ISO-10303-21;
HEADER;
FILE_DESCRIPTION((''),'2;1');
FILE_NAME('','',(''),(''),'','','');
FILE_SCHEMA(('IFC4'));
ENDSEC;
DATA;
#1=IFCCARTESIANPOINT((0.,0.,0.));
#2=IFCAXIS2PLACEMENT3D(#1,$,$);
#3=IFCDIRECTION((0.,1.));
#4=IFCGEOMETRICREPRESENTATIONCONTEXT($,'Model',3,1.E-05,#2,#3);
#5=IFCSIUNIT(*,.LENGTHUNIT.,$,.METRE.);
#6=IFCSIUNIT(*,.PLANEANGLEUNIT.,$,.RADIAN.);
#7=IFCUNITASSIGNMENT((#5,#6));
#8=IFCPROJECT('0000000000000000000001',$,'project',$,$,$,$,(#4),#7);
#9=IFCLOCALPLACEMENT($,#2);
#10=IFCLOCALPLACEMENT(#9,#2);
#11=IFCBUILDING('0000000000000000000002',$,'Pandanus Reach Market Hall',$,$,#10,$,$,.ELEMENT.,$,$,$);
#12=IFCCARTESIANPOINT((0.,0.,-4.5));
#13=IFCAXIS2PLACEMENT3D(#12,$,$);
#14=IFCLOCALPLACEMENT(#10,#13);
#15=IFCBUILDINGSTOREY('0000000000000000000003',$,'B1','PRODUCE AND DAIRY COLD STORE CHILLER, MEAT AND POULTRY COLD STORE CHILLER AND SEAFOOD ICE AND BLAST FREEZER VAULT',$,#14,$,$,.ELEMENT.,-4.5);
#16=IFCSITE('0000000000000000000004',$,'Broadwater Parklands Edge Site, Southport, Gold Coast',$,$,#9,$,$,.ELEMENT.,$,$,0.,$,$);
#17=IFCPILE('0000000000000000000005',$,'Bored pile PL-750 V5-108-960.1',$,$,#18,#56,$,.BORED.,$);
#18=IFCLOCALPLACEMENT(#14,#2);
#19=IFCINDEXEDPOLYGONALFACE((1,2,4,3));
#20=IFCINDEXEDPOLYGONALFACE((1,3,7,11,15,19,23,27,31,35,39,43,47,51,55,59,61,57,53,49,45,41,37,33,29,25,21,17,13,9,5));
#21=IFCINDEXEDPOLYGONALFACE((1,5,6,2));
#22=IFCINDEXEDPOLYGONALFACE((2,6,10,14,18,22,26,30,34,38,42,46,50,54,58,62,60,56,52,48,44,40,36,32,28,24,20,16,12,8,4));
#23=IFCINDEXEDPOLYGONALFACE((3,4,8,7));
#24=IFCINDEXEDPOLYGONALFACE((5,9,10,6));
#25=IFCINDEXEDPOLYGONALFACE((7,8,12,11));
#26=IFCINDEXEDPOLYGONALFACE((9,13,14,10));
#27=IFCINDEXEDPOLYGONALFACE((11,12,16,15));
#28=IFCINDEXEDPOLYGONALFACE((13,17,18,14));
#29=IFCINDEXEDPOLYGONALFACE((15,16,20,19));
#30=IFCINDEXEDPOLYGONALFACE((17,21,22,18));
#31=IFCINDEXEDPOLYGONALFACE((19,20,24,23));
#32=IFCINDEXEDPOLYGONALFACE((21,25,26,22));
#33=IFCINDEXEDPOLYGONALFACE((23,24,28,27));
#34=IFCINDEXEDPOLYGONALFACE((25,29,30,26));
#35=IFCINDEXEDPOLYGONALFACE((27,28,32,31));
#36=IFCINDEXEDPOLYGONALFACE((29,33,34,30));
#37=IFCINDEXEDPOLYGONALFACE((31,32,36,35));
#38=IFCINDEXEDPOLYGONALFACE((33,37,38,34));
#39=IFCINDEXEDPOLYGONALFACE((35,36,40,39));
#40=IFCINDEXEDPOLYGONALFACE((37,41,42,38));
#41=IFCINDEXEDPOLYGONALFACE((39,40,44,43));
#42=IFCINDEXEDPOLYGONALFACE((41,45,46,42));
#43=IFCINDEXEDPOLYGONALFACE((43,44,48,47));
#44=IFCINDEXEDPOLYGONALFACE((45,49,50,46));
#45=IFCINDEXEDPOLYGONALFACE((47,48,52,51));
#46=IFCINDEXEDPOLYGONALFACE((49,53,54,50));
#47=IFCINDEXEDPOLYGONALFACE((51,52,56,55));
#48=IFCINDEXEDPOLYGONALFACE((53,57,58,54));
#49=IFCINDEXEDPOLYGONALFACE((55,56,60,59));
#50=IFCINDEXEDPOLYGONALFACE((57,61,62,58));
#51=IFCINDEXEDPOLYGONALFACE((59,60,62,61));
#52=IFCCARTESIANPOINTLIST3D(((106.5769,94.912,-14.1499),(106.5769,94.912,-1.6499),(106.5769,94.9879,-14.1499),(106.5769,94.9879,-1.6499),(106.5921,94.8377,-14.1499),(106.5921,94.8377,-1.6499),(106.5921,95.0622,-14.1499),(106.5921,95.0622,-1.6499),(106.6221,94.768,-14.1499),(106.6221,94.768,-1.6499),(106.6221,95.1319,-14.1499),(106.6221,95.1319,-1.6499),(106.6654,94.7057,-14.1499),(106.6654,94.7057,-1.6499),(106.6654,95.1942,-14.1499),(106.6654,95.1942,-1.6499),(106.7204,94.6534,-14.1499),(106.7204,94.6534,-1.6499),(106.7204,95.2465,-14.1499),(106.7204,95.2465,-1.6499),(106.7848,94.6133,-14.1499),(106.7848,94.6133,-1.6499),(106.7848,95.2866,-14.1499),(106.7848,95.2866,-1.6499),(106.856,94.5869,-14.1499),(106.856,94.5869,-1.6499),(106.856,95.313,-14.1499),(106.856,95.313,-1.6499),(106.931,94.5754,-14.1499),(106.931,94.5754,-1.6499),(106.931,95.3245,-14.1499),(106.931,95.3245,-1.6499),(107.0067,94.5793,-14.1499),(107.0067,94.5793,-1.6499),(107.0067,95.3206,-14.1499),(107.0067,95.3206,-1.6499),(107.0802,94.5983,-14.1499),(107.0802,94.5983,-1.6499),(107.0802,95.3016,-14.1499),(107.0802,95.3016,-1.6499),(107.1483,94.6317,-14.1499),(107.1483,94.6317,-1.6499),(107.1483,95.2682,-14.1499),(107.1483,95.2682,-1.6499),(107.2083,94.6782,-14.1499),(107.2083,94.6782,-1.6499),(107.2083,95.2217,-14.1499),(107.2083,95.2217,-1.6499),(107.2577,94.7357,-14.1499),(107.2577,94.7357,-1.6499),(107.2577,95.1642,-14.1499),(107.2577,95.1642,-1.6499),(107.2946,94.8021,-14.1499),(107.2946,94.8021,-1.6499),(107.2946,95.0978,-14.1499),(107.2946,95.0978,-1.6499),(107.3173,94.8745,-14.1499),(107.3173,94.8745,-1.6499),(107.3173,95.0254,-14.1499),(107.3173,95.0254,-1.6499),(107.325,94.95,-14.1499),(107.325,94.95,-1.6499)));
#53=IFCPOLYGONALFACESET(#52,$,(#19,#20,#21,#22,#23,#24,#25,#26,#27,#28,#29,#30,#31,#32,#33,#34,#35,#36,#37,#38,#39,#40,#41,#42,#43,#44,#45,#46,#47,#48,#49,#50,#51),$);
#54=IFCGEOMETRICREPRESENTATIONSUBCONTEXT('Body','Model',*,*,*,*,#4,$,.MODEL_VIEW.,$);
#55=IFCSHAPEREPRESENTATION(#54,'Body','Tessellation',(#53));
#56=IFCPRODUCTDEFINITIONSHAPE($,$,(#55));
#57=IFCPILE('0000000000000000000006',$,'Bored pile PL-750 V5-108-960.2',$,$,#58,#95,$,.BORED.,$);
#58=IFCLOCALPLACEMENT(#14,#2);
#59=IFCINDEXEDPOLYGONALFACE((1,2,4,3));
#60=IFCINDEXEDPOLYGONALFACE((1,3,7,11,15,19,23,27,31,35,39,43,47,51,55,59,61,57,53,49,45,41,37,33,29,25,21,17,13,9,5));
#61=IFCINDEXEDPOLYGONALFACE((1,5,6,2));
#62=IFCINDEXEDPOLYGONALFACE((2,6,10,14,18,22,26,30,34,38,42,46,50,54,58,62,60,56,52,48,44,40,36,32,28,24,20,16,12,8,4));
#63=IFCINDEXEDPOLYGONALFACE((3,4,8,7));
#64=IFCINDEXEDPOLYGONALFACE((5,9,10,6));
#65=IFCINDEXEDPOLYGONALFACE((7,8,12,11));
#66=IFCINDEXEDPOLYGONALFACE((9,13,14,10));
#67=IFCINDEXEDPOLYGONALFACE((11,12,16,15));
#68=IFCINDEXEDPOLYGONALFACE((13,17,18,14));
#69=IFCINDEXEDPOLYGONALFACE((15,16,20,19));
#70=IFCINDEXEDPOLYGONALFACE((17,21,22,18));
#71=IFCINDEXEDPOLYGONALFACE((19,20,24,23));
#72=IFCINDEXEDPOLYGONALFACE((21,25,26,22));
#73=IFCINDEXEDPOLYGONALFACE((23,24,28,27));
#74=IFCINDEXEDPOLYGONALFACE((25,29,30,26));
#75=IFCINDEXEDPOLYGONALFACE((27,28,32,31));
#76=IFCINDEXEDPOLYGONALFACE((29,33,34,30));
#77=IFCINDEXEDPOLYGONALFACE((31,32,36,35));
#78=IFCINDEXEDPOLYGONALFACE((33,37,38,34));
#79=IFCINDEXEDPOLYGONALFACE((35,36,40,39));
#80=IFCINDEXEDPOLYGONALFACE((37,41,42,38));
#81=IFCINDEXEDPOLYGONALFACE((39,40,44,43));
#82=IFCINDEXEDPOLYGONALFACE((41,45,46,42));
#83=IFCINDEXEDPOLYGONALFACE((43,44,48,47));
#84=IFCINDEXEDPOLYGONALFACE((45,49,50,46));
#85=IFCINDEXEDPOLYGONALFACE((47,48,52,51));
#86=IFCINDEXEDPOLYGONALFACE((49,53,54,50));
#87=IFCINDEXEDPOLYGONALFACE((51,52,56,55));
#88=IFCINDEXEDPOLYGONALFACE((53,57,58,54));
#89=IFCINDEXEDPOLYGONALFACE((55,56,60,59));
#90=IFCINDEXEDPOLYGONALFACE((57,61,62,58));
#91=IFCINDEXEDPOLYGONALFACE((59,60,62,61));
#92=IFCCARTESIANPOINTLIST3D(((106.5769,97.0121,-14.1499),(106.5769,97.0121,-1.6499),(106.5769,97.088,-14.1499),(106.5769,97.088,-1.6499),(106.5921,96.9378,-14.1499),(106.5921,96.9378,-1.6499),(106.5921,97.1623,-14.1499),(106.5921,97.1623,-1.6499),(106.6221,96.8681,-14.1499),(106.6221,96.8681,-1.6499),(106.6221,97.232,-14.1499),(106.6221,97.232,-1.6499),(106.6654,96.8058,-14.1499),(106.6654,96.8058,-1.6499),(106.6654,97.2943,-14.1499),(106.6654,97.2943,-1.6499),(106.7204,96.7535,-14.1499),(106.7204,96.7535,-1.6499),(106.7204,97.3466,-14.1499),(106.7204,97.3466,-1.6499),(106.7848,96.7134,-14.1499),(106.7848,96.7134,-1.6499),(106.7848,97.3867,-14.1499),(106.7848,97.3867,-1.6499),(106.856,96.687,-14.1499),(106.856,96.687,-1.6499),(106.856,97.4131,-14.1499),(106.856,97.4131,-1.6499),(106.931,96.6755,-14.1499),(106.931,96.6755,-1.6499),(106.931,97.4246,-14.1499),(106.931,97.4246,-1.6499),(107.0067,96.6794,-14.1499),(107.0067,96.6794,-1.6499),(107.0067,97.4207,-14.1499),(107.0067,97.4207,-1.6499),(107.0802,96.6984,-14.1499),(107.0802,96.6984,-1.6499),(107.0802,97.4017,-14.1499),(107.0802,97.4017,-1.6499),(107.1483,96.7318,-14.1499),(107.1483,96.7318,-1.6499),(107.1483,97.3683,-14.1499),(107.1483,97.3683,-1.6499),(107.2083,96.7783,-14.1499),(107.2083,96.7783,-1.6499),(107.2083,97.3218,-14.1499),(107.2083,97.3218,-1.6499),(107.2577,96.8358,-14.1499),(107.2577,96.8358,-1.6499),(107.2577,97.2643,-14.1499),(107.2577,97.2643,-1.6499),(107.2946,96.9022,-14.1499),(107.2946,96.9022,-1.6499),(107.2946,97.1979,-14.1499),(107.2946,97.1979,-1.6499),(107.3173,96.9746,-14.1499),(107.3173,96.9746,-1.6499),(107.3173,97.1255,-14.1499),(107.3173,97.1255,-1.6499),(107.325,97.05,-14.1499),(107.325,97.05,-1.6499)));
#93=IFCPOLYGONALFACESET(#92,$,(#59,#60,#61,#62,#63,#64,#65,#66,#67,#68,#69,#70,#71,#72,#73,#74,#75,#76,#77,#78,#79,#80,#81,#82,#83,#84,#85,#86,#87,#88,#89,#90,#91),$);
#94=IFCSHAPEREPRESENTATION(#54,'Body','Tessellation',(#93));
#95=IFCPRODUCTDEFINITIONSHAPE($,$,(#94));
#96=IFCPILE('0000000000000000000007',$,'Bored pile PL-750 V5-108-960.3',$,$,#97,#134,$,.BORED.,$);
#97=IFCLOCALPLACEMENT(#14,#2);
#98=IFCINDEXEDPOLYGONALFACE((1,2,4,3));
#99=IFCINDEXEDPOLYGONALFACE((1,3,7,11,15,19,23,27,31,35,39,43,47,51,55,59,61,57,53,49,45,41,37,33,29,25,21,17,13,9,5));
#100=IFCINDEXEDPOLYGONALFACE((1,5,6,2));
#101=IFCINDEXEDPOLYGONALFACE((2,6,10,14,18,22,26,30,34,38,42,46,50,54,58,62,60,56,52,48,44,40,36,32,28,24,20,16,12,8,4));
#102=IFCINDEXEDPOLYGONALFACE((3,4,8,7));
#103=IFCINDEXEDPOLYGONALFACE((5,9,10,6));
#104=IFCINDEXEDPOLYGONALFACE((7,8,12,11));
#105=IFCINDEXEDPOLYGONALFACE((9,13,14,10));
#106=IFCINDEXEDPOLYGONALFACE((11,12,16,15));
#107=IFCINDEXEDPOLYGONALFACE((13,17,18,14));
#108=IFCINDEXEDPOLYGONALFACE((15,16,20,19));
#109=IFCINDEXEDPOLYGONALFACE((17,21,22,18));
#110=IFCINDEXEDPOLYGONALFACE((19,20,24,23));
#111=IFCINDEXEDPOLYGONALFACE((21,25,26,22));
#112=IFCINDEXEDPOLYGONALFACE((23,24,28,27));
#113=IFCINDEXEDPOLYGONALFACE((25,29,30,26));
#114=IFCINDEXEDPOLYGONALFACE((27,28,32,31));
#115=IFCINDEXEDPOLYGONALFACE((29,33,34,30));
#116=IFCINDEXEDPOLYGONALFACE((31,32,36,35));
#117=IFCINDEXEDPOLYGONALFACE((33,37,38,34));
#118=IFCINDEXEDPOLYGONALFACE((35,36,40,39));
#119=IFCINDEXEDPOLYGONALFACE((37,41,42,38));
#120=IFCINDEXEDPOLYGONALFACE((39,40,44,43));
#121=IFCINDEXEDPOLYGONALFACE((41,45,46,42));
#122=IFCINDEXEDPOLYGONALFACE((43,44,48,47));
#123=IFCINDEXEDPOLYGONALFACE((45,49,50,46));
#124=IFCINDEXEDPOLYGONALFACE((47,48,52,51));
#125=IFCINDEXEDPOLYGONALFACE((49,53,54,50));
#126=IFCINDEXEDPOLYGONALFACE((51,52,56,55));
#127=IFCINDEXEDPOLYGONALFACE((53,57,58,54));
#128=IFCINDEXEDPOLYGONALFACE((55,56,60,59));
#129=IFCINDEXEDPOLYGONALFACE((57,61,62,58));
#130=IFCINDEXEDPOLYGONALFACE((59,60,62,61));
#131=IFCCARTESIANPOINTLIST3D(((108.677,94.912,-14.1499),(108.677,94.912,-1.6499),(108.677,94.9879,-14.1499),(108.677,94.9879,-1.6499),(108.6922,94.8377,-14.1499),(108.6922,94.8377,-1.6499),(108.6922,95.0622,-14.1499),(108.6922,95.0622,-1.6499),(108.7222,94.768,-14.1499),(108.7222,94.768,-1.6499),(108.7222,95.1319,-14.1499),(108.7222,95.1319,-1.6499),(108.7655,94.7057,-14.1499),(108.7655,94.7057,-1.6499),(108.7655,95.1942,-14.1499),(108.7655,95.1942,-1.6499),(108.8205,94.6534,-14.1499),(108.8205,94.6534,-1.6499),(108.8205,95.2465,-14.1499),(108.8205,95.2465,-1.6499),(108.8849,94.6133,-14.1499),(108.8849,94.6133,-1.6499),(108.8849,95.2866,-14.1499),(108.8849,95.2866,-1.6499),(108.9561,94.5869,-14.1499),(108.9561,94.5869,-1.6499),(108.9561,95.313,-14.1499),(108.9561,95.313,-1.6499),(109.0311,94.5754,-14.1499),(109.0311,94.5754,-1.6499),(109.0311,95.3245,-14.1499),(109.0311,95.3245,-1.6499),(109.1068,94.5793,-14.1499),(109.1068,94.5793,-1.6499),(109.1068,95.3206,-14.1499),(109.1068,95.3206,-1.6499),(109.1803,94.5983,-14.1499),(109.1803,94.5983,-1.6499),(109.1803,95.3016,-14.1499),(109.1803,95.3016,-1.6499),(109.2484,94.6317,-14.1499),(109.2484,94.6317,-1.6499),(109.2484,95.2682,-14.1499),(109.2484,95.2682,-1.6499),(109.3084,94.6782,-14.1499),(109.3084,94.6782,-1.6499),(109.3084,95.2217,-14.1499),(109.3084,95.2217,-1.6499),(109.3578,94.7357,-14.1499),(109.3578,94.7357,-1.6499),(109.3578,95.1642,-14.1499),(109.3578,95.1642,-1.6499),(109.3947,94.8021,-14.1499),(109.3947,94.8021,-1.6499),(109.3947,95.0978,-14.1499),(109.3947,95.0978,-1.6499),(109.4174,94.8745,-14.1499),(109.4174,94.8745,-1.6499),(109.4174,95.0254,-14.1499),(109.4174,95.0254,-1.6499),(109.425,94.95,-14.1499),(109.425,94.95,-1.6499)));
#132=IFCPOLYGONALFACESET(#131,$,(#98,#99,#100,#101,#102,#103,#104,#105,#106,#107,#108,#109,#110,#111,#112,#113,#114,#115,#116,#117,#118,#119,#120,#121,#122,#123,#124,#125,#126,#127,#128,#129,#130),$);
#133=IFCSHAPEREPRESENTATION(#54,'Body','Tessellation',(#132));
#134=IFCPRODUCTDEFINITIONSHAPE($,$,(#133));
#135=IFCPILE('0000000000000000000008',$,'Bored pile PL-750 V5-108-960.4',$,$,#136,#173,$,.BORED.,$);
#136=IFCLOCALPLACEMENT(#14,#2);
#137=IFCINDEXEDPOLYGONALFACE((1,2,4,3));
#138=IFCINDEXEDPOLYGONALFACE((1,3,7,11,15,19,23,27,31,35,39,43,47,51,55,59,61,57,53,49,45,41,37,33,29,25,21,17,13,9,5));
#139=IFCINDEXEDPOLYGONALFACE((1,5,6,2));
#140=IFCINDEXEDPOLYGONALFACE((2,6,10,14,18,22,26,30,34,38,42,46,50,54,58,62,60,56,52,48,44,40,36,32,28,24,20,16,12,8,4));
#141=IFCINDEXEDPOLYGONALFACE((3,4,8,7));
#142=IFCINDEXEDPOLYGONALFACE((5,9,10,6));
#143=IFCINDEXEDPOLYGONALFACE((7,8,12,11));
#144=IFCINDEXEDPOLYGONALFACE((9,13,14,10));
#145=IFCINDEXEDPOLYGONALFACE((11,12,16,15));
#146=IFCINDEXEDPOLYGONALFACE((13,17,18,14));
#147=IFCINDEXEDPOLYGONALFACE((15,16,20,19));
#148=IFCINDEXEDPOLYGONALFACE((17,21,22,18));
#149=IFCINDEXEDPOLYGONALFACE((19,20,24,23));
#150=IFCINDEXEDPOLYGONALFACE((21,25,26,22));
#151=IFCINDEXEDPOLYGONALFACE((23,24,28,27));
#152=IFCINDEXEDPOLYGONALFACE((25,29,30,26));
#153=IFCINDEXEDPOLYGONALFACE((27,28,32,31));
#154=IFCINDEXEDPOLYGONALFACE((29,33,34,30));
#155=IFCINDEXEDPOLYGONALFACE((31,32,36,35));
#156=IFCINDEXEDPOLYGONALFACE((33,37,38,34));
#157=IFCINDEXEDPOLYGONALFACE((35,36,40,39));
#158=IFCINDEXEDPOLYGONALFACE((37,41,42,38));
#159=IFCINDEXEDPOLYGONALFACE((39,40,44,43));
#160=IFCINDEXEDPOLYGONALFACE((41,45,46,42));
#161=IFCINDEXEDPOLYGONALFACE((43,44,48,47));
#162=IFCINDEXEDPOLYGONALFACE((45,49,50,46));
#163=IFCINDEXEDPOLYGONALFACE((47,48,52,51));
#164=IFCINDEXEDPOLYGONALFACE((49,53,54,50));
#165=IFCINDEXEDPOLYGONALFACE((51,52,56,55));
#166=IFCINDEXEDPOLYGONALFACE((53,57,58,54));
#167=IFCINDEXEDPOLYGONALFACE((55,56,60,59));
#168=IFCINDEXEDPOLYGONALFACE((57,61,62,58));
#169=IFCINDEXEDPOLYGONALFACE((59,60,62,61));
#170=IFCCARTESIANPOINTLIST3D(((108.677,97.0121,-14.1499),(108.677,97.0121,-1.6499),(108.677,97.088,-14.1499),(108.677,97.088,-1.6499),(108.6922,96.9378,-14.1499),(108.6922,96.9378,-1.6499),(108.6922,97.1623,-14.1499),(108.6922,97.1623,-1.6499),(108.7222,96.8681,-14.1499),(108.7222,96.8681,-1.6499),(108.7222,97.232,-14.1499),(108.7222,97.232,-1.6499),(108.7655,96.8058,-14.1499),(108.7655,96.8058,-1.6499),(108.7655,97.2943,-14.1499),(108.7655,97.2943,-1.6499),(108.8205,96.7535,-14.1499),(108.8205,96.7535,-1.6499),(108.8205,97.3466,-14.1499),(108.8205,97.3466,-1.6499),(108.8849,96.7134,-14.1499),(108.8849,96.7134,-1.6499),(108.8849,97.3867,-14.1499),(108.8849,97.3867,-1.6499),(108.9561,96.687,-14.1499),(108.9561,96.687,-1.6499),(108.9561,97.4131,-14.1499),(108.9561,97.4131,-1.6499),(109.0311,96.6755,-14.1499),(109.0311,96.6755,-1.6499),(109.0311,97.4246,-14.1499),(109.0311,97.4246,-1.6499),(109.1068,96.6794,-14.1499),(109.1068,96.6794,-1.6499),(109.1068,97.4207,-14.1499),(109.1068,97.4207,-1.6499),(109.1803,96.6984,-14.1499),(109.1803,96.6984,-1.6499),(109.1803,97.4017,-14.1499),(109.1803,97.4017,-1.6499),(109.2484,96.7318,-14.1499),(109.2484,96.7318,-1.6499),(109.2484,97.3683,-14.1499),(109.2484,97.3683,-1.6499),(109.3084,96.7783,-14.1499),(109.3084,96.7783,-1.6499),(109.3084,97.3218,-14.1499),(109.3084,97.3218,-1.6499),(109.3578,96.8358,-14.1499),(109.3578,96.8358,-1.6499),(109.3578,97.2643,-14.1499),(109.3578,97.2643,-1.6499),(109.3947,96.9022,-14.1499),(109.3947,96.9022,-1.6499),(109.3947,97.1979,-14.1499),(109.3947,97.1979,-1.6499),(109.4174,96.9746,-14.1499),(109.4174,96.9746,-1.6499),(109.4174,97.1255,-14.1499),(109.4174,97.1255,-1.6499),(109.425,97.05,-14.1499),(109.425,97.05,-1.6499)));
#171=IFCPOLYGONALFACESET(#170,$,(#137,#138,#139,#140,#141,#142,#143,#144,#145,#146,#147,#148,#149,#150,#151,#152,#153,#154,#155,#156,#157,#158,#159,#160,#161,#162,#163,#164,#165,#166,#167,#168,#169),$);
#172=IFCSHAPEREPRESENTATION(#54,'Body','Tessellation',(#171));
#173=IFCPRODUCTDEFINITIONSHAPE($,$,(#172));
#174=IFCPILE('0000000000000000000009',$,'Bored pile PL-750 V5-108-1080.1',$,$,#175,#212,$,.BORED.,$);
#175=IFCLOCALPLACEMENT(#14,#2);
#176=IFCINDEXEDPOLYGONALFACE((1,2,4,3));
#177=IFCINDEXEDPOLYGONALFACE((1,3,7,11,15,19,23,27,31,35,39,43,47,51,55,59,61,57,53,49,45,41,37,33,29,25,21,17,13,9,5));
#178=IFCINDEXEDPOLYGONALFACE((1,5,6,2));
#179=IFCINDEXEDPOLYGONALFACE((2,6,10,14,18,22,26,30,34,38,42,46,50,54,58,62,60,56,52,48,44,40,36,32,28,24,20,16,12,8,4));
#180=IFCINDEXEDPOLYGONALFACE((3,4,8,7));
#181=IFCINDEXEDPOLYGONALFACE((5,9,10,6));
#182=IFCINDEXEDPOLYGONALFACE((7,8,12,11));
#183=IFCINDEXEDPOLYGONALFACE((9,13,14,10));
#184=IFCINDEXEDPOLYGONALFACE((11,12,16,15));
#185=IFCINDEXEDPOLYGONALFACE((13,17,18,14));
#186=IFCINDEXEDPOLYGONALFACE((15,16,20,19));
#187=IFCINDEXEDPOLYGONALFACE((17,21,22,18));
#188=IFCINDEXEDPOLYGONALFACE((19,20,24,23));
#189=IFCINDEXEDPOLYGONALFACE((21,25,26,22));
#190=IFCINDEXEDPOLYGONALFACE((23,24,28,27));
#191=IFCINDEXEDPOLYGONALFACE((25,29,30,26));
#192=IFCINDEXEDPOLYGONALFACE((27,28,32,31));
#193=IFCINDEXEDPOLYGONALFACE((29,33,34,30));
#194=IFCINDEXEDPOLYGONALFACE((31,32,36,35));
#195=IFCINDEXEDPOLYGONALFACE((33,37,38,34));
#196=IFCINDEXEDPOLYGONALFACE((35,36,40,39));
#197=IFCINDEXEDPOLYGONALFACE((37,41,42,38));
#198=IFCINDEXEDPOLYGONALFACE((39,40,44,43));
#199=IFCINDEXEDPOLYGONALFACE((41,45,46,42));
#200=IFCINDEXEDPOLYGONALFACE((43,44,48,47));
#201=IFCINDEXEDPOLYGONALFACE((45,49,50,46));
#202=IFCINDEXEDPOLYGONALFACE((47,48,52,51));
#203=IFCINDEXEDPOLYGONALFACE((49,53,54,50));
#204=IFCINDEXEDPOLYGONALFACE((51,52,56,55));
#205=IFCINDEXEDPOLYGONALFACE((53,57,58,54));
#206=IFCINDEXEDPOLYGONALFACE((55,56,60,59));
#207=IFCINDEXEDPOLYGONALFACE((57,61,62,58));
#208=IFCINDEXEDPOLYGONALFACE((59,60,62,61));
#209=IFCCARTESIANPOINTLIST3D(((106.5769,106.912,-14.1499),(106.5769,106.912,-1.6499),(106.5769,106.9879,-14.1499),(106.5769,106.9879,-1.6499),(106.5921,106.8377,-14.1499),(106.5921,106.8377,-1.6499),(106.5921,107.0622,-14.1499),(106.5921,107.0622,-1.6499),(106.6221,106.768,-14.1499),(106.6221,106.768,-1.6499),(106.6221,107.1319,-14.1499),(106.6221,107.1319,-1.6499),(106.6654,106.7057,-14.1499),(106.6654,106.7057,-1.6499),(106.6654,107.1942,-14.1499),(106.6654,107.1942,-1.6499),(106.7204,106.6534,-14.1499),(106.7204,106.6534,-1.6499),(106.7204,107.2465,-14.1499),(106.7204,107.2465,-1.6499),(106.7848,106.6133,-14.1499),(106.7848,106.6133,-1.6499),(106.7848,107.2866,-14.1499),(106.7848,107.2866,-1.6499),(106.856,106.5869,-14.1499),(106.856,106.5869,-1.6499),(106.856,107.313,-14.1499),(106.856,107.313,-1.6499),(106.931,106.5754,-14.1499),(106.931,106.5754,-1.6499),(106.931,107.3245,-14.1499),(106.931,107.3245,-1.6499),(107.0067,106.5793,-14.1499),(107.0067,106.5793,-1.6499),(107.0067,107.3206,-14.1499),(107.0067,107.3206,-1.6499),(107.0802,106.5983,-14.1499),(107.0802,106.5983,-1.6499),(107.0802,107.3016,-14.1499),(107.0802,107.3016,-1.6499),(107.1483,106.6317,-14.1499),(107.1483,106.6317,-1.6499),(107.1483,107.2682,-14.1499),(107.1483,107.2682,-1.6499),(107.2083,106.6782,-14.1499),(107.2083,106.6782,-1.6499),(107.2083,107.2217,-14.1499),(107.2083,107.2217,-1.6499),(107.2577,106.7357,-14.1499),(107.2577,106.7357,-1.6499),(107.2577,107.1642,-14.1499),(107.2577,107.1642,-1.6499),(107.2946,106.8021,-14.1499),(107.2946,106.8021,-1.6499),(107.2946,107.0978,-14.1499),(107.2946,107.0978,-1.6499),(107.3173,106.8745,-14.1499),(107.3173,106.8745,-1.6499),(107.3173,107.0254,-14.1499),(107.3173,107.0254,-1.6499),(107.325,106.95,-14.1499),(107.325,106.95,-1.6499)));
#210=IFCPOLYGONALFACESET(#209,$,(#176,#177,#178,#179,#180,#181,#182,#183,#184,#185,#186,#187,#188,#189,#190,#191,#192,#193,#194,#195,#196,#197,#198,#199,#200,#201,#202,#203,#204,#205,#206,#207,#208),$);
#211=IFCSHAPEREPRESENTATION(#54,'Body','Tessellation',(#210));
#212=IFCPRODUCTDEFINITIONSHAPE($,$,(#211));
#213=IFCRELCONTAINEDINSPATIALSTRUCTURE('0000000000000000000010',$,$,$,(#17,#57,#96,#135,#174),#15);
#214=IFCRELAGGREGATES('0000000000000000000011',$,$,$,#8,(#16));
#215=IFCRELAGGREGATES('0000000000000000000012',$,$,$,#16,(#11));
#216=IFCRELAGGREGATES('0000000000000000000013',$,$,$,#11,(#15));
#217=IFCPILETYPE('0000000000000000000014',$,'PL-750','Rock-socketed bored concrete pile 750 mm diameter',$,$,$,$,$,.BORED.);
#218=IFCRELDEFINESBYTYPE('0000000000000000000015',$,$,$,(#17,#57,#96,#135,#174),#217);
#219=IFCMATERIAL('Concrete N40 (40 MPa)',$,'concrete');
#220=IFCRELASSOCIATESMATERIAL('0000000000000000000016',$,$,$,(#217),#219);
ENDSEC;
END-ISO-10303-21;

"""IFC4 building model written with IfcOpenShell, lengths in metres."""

from ifc_helpers import new_model, si_unit, direction, frame, origin, origin_2d, place, context, subcontext, project, spatial, circle, extrude, material, material_profile, profile_set, type_object, element, save


model = new_model("IFC4")

# Units and contexts
model_context = context("Model", 3, precision=1e-05, world=origin(), true_north=direction((0.0, 1.0)))
body_context = subcontext(model_context, "Body", "Model", "MODEL_VIEW")
ifc_project = project(units=[si_unit("LENGTHUNIT", "METRE"), si_unit("PLANEANGLEUNIT", "RADIAN")], contexts=[model_context])

# Site, building, storey
site_placement = place(None, origin())
site = spatial("IfcSite", under=ifc_project, at=site_placement, Name="Broadwater Parklands Edge Site, Southport, Gold Coast", CompositionType="ELEMENT", RefElevation=0.0)
building_placement = place(site_placement, origin())
building = spatial("IfcBuilding", under=site, at=building_placement, Name="Pandanus Reach Market Hall", CompositionType="ELEMENT")
storey_placement = place(building_placement, frame((0.0, 0.0, -4.5)))
storey = spatial("IfcBuildingStorey", under=building, at=storey_placement, Name="B1", Description="PRODUCE AND DAIRY COLD STORE CHILLER, MEAT AND POULTRY COLD STORE CHILLER AND SEAFOOD ICE AND BLAST FREEZER VAULT", CompositionType="ELEMENT", Elevation=-4.5)

# Shared definitions
ifc_material_1 = material(Name="Concrete N40 (40 MPa)", Category="concrete")

# Piles
ifc_material_profile_1 = material_profile(ifc_material_1, circle(Radius=0.375, at=origin_2d()), Name="PILE-750D", Category="LoadBearing")
ifc_profile_set_1 = profile_set([ifc_material_profile_1], Name="Concrete N40 (40 MPa)")
pile_type = type_object("IfcPileType", Name="PL-750", Description="Rock-socketed bored concrete pile 750 mm diameter", PredefinedType="BORED", material=ifc_profile_set_1)
for number, where, z_axis, x_axis, name in (
    (1, (106.95, 94.95, -1.6499), (0.0, 0.0, -1.0), (1.0, 0.0, 0.0), "Bored pile PL-750 V5-108-960.1"),
    (2, (106.95, 97.05, -1.6499), (0.0, 0.0, -1.0), (1.0, 0.0, 0.0), "Bored pile PL-750 V5-108-960.2"),
    (3, (109.05, 94.95, -1.6499), (0.0, 0.0, -1.0), (1.0, 0.0, 0.0), "Bored pile PL-750 V5-108-960.3"),
    (4, (109.05, 97.05, -1.6499), (0.0, 0.0, -1.0), (1.0, 0.0, 0.0), "Bored pile PL-750 V5-108-960.4"),
    (5, (106.95, 106.95, -1.6499), (0.0, 0.0, -1.0), (1.0, 0.0, 0.0), "Bored pile PL-750 V5-108-1080.1"),
):
    element("IfcPile", number, at=place(storey_placement, frame(where, z_axis=z_axis, x_axis=x_axis)), inside=storey, type_object=pile_type, Name=name, PredefinedType="BORED", context=body_context, shape_type="SweptSolid", body=[
        extrude(circle(Radius=0.375, at=origin_2d()), origin(), (0.0, 0.0, 1.0), 12.5),
    ])

save(model, "model.ifc")
